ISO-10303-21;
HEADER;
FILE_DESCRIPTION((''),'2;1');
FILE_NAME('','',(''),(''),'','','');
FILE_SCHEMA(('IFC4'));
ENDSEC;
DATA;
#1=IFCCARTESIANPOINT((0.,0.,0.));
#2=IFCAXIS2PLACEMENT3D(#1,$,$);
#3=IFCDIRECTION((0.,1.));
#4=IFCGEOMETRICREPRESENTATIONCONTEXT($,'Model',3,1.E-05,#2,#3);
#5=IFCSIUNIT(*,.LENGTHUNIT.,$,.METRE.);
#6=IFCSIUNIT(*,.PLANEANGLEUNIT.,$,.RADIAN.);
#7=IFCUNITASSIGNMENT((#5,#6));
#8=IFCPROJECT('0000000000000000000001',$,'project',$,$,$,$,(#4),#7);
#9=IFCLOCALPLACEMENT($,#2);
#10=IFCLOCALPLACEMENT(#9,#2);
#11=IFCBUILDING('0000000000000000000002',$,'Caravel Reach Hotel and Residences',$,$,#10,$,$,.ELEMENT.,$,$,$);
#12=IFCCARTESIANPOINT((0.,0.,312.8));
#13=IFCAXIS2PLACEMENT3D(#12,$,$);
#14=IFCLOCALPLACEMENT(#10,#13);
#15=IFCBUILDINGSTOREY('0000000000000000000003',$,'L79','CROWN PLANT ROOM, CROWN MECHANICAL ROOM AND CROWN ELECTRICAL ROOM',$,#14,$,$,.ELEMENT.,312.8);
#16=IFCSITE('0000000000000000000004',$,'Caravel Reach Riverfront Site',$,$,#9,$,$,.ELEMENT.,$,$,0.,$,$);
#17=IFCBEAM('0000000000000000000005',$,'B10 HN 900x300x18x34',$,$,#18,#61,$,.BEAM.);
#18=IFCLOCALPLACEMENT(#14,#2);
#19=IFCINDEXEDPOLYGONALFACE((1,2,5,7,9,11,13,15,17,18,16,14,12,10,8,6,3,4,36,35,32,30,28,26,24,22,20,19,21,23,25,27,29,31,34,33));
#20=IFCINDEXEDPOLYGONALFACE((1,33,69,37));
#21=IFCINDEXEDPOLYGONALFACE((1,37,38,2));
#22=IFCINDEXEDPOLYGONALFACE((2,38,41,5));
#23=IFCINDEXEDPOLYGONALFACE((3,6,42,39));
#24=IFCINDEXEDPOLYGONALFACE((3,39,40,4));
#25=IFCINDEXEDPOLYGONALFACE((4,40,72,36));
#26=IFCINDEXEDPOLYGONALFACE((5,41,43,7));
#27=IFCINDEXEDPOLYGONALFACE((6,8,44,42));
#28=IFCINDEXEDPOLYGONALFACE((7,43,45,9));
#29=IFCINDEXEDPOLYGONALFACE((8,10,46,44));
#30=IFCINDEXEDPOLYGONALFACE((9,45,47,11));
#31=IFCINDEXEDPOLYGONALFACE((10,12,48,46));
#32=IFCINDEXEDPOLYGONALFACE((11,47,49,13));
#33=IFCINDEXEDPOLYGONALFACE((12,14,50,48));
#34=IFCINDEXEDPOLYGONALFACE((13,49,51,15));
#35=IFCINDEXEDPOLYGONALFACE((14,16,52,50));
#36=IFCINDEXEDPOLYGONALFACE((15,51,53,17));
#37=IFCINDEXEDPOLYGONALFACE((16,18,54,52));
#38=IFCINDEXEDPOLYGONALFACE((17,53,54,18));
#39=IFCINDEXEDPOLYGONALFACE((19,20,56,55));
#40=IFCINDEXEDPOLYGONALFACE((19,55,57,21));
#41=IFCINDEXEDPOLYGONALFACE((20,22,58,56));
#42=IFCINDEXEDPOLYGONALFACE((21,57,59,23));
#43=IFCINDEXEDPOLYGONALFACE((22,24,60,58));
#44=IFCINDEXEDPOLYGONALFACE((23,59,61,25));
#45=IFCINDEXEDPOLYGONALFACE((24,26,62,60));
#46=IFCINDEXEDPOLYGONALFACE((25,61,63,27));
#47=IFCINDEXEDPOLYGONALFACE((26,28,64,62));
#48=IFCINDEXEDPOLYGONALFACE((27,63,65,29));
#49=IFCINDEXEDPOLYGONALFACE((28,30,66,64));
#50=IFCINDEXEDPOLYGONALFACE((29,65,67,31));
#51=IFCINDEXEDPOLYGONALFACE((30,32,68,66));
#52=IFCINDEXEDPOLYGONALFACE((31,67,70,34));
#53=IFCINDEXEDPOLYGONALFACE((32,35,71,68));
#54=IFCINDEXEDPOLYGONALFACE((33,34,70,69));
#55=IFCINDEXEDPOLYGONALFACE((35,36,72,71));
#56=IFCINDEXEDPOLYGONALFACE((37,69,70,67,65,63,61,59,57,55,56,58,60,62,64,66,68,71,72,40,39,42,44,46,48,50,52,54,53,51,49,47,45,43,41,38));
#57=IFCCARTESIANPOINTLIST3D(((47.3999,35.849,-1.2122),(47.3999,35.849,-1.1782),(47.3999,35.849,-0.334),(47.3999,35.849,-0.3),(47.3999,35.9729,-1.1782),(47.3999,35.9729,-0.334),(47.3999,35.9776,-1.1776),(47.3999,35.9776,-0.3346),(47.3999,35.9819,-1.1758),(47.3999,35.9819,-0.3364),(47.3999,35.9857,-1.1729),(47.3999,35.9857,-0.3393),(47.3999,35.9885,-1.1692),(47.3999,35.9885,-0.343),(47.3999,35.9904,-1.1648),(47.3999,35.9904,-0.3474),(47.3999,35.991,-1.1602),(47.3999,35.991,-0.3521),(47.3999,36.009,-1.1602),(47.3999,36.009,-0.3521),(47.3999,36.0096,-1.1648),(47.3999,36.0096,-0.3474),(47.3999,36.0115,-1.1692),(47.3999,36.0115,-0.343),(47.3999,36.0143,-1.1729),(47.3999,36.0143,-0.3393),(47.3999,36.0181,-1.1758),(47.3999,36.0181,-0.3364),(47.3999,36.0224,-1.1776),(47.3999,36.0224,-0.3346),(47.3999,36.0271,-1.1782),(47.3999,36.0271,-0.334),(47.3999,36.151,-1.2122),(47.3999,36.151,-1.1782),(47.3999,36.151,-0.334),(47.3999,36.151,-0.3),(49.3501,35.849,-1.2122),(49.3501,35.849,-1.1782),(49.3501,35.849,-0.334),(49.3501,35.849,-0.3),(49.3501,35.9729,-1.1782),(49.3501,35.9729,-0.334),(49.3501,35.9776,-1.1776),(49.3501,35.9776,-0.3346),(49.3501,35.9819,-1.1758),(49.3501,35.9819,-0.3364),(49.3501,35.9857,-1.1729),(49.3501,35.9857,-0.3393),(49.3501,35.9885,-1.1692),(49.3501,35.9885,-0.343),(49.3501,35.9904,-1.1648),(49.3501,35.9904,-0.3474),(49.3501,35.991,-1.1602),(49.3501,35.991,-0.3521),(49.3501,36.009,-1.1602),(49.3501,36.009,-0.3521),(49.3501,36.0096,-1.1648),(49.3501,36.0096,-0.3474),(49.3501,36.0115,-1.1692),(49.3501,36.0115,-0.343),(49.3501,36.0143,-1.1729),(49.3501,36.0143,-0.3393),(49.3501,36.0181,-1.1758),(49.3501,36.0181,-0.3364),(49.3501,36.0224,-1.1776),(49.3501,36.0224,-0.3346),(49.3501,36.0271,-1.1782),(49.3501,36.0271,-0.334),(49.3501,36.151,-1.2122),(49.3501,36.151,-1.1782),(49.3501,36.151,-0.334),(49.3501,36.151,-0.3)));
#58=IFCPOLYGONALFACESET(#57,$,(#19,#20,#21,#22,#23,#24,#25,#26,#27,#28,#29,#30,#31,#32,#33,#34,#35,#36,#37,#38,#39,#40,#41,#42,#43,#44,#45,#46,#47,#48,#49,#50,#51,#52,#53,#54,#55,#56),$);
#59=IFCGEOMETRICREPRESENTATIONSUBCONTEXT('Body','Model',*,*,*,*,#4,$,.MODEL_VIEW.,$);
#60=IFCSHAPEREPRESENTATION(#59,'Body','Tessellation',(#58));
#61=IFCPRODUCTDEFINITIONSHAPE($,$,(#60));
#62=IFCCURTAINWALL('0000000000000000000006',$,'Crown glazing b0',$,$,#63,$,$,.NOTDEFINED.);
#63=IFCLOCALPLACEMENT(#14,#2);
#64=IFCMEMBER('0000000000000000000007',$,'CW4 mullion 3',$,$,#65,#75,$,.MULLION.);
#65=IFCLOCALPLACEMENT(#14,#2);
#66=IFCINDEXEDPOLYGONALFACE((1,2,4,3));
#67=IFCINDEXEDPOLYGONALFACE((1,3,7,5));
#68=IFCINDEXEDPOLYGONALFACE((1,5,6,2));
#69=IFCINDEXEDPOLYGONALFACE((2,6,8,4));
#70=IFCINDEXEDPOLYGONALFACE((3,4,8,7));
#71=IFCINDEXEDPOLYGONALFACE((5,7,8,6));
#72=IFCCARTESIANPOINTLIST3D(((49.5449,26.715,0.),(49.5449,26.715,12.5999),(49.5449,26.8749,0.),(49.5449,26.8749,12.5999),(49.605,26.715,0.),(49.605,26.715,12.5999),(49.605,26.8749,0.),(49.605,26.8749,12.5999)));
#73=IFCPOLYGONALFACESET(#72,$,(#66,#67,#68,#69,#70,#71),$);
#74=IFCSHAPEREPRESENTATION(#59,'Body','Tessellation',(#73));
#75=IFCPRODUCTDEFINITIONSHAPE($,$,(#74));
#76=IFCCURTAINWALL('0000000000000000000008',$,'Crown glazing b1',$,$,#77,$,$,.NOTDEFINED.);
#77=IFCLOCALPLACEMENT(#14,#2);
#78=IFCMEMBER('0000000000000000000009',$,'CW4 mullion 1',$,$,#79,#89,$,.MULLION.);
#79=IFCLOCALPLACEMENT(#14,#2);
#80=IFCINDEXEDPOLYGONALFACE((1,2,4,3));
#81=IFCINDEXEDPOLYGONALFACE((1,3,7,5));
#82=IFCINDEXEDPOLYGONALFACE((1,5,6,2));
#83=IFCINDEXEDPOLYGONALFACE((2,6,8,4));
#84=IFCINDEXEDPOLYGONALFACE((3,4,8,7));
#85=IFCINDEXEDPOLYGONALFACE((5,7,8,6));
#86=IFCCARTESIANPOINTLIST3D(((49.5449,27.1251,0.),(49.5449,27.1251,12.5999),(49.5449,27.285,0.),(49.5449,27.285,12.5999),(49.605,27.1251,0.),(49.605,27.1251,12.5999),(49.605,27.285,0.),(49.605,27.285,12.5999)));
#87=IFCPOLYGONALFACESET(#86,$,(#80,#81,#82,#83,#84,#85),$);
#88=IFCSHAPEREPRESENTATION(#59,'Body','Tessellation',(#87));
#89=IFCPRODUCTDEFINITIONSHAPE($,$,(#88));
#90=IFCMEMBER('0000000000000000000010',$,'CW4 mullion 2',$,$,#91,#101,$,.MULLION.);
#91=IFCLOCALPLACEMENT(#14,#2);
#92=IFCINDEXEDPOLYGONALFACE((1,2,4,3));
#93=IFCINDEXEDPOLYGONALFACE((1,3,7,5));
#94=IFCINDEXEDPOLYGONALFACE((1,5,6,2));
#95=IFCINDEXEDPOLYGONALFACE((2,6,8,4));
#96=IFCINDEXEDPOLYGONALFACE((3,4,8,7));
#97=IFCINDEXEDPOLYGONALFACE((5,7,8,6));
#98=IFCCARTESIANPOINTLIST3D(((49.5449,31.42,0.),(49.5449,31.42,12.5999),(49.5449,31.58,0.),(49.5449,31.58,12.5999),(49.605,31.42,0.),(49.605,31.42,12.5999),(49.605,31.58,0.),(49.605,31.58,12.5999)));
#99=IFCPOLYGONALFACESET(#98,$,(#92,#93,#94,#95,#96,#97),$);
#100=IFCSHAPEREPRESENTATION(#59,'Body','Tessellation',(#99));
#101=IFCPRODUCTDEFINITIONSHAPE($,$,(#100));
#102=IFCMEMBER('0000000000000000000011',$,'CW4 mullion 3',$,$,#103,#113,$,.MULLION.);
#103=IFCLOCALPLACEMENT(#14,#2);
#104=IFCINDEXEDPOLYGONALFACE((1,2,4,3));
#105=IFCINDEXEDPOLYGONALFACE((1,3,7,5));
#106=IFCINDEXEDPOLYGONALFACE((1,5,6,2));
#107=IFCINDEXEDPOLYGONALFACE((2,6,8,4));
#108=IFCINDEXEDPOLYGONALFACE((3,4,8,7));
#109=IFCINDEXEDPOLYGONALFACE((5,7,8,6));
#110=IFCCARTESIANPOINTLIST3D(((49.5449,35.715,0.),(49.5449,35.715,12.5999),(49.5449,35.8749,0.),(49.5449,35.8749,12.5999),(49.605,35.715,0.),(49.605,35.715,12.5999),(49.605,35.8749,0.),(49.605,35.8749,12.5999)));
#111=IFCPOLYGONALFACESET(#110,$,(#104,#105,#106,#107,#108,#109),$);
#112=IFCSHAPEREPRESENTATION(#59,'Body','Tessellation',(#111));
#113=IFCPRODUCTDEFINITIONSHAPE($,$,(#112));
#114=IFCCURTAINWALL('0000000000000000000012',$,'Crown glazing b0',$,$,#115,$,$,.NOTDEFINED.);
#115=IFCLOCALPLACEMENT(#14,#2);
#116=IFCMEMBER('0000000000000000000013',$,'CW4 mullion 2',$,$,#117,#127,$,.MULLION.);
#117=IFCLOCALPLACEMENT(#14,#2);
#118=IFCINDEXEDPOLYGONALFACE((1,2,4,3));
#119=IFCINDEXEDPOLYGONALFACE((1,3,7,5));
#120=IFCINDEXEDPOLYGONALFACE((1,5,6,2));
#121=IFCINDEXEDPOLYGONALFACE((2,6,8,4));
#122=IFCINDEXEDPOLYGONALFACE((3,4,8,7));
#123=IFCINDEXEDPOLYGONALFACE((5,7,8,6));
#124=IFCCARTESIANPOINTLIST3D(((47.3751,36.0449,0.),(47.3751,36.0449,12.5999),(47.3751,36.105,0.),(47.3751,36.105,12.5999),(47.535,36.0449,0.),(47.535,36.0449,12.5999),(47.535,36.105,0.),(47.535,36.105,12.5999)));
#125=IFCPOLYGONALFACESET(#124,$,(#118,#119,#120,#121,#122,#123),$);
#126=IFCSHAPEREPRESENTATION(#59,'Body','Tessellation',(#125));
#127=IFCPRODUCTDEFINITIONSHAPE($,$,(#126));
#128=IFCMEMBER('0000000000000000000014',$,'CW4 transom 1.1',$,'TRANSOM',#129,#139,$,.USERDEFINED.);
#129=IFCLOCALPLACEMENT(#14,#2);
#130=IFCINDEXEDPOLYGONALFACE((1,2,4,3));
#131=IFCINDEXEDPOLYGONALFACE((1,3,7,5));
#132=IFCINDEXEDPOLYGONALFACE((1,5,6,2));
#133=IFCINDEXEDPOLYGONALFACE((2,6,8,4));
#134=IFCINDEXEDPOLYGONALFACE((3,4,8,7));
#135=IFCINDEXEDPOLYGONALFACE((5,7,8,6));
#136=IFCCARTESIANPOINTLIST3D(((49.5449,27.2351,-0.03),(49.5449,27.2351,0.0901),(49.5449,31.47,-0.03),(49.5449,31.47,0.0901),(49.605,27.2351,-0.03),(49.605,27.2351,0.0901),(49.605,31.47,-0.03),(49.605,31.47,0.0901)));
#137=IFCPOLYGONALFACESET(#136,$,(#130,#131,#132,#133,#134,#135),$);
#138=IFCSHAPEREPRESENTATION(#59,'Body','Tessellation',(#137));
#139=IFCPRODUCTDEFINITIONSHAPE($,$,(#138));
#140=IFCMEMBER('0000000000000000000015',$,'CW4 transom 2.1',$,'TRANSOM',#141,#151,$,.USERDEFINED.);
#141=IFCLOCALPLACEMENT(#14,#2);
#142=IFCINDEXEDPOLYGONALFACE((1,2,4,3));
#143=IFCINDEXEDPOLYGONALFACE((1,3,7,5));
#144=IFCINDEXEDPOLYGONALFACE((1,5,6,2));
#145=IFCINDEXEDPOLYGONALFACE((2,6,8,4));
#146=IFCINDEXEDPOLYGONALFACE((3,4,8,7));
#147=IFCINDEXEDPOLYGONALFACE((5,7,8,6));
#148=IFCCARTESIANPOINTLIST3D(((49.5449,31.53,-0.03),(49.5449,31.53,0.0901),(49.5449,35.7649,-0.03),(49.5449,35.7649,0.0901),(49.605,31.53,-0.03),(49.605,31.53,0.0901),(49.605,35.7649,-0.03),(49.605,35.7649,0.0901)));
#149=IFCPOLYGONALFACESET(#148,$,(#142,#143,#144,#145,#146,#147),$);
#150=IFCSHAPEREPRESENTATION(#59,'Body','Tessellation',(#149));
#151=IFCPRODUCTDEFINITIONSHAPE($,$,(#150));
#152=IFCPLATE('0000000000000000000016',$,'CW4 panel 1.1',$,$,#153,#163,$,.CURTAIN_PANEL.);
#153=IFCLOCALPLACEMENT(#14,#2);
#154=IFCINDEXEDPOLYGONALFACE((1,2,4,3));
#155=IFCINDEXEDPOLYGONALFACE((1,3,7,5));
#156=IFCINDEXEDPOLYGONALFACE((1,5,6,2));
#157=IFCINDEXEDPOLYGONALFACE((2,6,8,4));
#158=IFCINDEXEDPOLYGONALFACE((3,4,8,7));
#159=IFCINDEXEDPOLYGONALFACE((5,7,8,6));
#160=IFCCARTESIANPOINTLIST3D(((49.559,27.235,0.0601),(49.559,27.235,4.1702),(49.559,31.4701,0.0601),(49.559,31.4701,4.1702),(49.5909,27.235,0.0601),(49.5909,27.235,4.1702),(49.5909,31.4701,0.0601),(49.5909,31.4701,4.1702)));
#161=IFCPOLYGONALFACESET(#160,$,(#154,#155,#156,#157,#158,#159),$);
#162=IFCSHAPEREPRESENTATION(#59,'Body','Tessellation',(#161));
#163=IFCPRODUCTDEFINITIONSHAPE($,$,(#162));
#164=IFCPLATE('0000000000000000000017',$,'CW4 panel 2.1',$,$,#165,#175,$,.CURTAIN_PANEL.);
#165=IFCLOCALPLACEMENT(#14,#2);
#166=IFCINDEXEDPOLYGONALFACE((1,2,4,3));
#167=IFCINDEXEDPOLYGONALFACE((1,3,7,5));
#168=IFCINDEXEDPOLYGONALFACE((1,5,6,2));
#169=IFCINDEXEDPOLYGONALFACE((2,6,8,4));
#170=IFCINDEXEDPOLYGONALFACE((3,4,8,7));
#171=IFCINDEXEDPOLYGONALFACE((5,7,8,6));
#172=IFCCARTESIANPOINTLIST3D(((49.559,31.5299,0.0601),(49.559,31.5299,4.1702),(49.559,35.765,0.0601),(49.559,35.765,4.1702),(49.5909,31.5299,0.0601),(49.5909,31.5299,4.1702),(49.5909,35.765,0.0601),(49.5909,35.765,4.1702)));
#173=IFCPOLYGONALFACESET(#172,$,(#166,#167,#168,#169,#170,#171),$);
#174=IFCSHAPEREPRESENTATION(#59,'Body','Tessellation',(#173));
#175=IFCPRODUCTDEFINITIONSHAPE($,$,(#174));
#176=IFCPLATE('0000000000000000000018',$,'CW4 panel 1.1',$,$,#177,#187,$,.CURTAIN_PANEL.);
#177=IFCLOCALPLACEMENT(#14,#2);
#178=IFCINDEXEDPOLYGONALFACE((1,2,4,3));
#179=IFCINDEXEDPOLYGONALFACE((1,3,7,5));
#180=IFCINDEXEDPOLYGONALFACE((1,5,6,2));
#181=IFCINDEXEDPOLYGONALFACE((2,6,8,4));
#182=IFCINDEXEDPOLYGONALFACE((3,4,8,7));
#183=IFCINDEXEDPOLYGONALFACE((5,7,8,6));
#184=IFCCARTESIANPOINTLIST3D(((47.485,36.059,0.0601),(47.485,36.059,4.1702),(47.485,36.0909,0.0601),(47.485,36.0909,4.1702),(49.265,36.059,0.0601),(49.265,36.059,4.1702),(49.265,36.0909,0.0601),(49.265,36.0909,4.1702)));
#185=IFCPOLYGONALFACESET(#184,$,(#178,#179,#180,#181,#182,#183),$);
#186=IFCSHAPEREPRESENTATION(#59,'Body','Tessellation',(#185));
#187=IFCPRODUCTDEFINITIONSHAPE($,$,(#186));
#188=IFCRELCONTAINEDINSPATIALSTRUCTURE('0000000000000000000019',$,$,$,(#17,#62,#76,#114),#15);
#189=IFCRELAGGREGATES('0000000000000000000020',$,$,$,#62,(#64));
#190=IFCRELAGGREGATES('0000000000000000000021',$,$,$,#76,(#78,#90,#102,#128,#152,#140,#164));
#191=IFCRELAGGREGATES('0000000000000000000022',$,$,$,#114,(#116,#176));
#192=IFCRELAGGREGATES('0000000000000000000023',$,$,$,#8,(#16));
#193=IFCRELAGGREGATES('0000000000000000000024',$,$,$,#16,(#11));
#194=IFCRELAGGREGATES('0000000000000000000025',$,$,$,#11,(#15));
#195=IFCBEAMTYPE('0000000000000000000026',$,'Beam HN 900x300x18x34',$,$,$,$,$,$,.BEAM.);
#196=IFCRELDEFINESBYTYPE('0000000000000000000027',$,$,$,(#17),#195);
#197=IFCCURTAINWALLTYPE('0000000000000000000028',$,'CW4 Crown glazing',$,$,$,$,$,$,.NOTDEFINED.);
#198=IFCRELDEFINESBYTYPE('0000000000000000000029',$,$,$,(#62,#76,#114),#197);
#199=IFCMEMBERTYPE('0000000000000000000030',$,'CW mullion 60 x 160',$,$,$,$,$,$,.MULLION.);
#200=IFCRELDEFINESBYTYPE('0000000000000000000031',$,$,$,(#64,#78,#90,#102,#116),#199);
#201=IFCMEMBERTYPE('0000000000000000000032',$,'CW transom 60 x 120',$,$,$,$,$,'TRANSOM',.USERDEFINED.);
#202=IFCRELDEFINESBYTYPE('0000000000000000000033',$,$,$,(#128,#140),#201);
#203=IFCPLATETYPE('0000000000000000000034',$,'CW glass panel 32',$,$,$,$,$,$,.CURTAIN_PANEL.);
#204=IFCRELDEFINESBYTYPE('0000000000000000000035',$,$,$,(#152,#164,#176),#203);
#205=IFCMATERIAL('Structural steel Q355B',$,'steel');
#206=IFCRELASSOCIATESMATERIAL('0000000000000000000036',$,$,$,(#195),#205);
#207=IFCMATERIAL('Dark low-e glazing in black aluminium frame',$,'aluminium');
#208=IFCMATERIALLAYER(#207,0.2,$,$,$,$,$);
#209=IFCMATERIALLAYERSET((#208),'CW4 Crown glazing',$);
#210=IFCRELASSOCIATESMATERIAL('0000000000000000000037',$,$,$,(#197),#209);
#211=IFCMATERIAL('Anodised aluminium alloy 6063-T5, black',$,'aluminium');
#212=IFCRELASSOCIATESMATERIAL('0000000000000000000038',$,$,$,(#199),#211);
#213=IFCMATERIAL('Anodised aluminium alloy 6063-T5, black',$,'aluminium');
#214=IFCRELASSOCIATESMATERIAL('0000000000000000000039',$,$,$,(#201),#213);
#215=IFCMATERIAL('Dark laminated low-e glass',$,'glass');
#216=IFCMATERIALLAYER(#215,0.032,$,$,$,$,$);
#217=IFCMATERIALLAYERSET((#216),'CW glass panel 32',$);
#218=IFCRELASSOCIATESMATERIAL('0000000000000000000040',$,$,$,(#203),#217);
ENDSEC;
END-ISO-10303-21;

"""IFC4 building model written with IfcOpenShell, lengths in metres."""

from ifc_helpers import new_model, si_unit, direction, frame, origin, origin_2d, place, context, subcontext, project, spatial, rectangle, i_section, extrude, material, layer, layer_set, material_profile, profile_set, type_object, element, aggregate, save


model = new_model("IFC4")

# Units and contexts
model_context = context("Model", 3, precision=1e-05, world=origin(), true_north=direction((0.0, 1.0)))
body_context = subcontext(model_context, "Body", "Model", "MODEL_VIEW")
ifc_project = project(units=[si_unit("LENGTHUNIT", "METRE"), si_unit("PLANEANGLEUNIT", "RADIAN")], contexts=[model_context])

# Site, building, storey
site_placement = place(None, origin())
site = spatial("IfcSite", under=ifc_project, at=site_placement, Name="Caravel Reach Riverfront Site", CompositionType="ELEMENT", RefElevation=0.0)
building_placement = place(site_placement, origin())
building = spatial("IfcBuilding", under=site, at=building_placement, Name="Caravel Reach Hotel and Residences", CompositionType="ELEMENT")
storey_placement = place(building_placement, frame((0.0, 0.0, 312.8)))
storey = spatial("IfcBuildingStorey", under=building, at=storey_placement, Name="L79", Description="CROWN PLANT ROOM, CROWN MECHANICAL ROOM AND CROWN ELECTRICAL ROOM", CompositionType="ELEMENT", Elevation=312.8)

# Beam
ifc_material_1 = material(Name="Structural steel Q355B", Category="steel")
ifc_material_profile_1 = material_profile(ifc_material_1, i_section(OverallWidth=0.302, OverallDepth=0.9121, WebThickness=0.0181, FlangeThickness=0.0339, FilletRadius=0.0181, at=origin_2d()), Name="HN 900x300x18x34")
ifc_profile_set_1 = profile_set([ifc_material_profile_1], Name="Structural steel Q355B")
beam_type = type_object("IfcBeamType", Name="Beam HN 900x300x18x34", PredefinedType="BEAM", material=ifc_profile_set_1)
beam_1_placement = place(storey_placement, frame((49.3501, 36.0, -0.7561), z_axis=(-1.0, 0.0, 0.0), x_axis=(0.0, -1.0, 0.0)))
element("IfcBeam", 1, at=beam_1_placement, inside=storey, type_object=beam_type, Name="B10 HN 900x300x18x34", PredefinedType="BEAM", context=body_context, shape_type="SweptSolid", body=[
    extrude(i_section(OverallWidth=0.302, OverallDepth=0.9121, WebThickness=0.0181, FlangeThickness=0.0339, FilletRadius=0.0181, at=origin_2d()), origin(), (0.0, 0.0, 1.0), 1.9502),
])

# Curtain wall, member
ifc_material_2 = material(Name="Dark low-e glazing in black aluminium frame", Category="aluminium")
ifc_layer_1 = layer(ifc_material_2, 0.2)
ifc_layer_set_1 = layer_set([ifc_layer_1], Name="CW4 Crown glazing")
curtain_wall_type = type_object("IfcCurtainWallType", Name="CW4 Crown glazing", PredefinedType="NOTDEFINED", material=ifc_layer_set_1)
curtain_wall_1_placement = place(storey_placement, origin())
curtain_wall_1 = element("IfcCurtainWall", 2, at=curtain_wall_1_placement, inside=storey, type_object=curtain_wall_type, Name="Crown glazing b0", PredefinedType="NOTDEFINED")
ifc_material_3 = material(Name="Anodised aluminium alloy 6063-T5, black", Category="aluminium")
ifc_material_profile_2 = material_profile(ifc_material_3, rectangle(XDim=0.0601, YDim=0.1599, at=origin_2d()), Name="CW mullion 60 x 160")
ifc_profile_set_2 = profile_set([ifc_material_profile_2], Name="Anodised aluminium alloy 6063-T5, black")
member_type_1 = type_object("IfcMemberType", Name="CW mullion 60 x 160", PredefinedType="MULLION", material=ifc_profile_set_2)
member_1_placement = place(storey_placement, frame((49.575, 26.7949, 0.0), z_axis=(0.0, 0.0, 1.0), x_axis=(-1.0, 0.0, 0.0)))
member_1 = element("IfcMember", 3, at=member_1_placement, type_object=member_type_1, Name="CW4 mullion 3", PredefinedType="MULLION", context=body_context, shape_type="SweptSolid", body=[
    extrude(rectangle(XDim=0.0601, YDim=0.1599, at=origin_2d()), origin(), (0.0, 0.0, 1.0), 12.5999),
])
aggregate(curtain_wall_1, [member_1])

# Curtain wall, members
curtain_wall_2_placement = place(storey_placement, origin())
curtain_wall_2 = element("IfcCurtainWall", 4, at=curtain_wall_2_placement, inside=storey, type_object=curtain_wall_type, Name="Crown glazing b1", PredefinedType="NOTDEFINED")
member_2_placement = place(storey_placement, frame((49.575, 27.2051, 0.0), z_axis=(0.0, 0.0, 1.0), x_axis=(-1.0, 0.0, 0.0)))
member_2 = element("IfcMember", 5, at=member_2_placement, type_object=member_type_1, Name="CW4 mullion 1", PredefinedType="MULLION", context=body_context, shape_type="SweptSolid", body=[
    extrude(rectangle(XDim=0.0601, YDim=0.1599, at=origin_2d()), origin(), (0.0, 0.0, 1.0), 12.5999),
])
member_3_placement = place(storey_placement, frame((49.575, 31.5, 0.0), z_axis=(0.0, 0.0, 1.0), x_axis=(-1.0, 0.0, 0.0)))
member_3 = element("IfcMember", 6, at=member_3_placement, type_object=member_type_1, Name="CW4 mullion 2", PredefinedType="MULLION", context=body_context, shape_type="SweptSolid", body=[
    extrude(rectangle(XDim=0.0601, YDim=0.1599, at=origin_2d()), origin(), (0.0, 0.0, 1.0), 12.5999),
])
member_4_placement = place(storey_placement, frame((49.575, 35.7949, 0.0), z_axis=(0.0, 0.0, 1.0), x_axis=(-1.0, 0.0, 0.0)))
member_4 = element("IfcMember", 7, at=member_4_placement, type_object=member_type_1, Name="CW4 mullion 3", PredefinedType="MULLION", context=body_context, shape_type="SweptSolid", body=[
    extrude(rectangle(XDim=0.0601, YDim=0.1599, at=origin_2d()), origin(), (0.0, 0.0, 1.0), 12.5999),
])

# Curtain wall, member
curtain_wall_3_placement = place(storey_placement, origin())
curtain_wall_3 = element("IfcCurtainWall", 8, at=curtain_wall_3_placement, inside=storey, type_object=curtain_wall_type, Name="Crown glazing b0", PredefinedType="NOTDEFINED")
member_5_placement = place(storey_placement, frame((47.4551, 36.075, 0.0), z_axis=(0.0, 0.0, 1.0), x_axis=(0.0, -1.0, 0.0)))
member_5 = element("IfcMember", 9, at=member_5_placement, type_object=member_type_1, Name="CW4 mullion 2", PredefinedType="MULLION", context=body_context, shape_type="SweptSolid", body=[
    extrude(rectangle(XDim=0.0601, YDim=0.1599, at=origin_2d()), origin(), (0.0, 0.0, 1.0), 12.5999),
])

# Members
ifc_material_4 = material(Name="Anodised aluminium alloy 6063-T5, black", Category="aluminium")
ifc_material_profile_3 = material_profile(ifc_material_4, rectangle(XDim=0.0601, YDim=0.1201, at=origin_2d()), Name="CW transom 60 x 120")
ifc_profile_set_3 = profile_set([ifc_material_profile_3], Name="Anodised aluminium alloy 6063-T5, black")
member_type_2 = type_object("IfcMemberType", Name="CW transom 60 x 120", ElementType="TRANSOM", PredefinedType="USERDEFINED", material=ifc_profile_set_3)
member_6_placement = place(storey_placement, frame((49.575, 27.2351, 0.03), z_axis=(0.0, 1.0, 0.0), x_axis=(-1.0, 0.0, 0.0)))
member_6 = element("IfcMember", 10, at=member_6_placement, type_object=member_type_2, Name="CW4 transom 1.1", ObjectType="TRANSOM", PredefinedType="USERDEFINED", context=body_context, shape_type="SweptSolid", body=[
    extrude(rectangle(XDim=0.0601, YDim=0.1201, at=origin_2d()), origin(), (0.0, 0.0, 1.0), 4.2349),
])
member_7_placement = place(storey_placement, frame((49.575, 31.53, 0.03), z_axis=(0.0, 1.0, 0.0), x_axis=(-1.0, 0.0, 0.0)))
member_7 = element("IfcMember", 11, at=member_7_placement, type_object=member_type_2, Name="CW4 transom 2.1", ObjectType="TRANSOM", PredefinedType="USERDEFINED", context=body_context, shape_type="SweptSolid", body=[
    extrude(rectangle(XDim=0.0601, YDim=0.1201, at=origin_2d()), origin(), (0.0, 0.0, 1.0), 4.2349),
])

# Plates
ifc_material_5 = material(Name="Dark laminated low-e glass", Category="glass")
ifc_layer_2 = layer(ifc_material_5, 0.032)
ifc_layer_set_2 = layer_set([ifc_layer_2], Name="CW glass panel 32")
plate_type = type_object("IfcPlateType", Name="CW glass panel 32", PredefinedType="CURTAIN_PANEL", material=ifc_layer_set_2)
plate_1_placement = place(storey_placement, frame((49.575, 29.3525, 0.0601), z_axis=(0.0, 0.0, 1.0), x_axis=(0.0, 1.0, 0.0)))
plate_1 = element("IfcPlate", 12, at=plate_1_placement, type_object=plate_type, Name="CW4 panel 1.1", PredefinedType="CURTAIN_PANEL", context=body_context, shape_type="SweptSolid", body=[
    extrude(rectangle(XDim=4.2351, YDim=0.032, at=origin_2d()), origin(), (0.0, 0.0, 1.0), 4.1101),
])
plate_2_placement = place(storey_placement, frame((49.575, 33.6475, 0.0601), z_axis=(0.0, 0.0, 1.0), x_axis=(0.0, 1.0, 0.0)))
plate_2 = element("IfcPlate", 13, at=plate_2_placement, type_object=plate_type, Name="CW4 panel 2.1", PredefinedType="CURTAIN_PANEL", context=body_context, shape_type="SweptSolid", body=[
    extrude(rectangle(XDim=4.2351, YDim=0.032, at=origin_2d()), origin(), (0.0, 0.0, 1.0), 4.1101),
])
aggregate(curtain_wall_2, [member_2, member_3, member_4, member_6, plate_1, member_7, plate_2])
plate_3_placement = place(storey_placement, frame((48.375, 36.075, 0.0601), z_axis=(0.0, 0.0, 1.0), x_axis=(-1.0, 0.0, 0.0)))
plate_3 = element("IfcPlate", 14, at=plate_3_placement, type_object=plate_type, Name="CW4 panel 1.1", PredefinedType="CURTAIN_PANEL", context=body_context, shape_type="SweptSolid", body=[
    extrude(rectangle(XDim=1.78, YDim=0.032, at=origin_2d()), origin(), (0.0, 0.0, 1.0), 4.1101),
])
aggregate(curtain_wall_3, [member_5, plate_3])

save(model, "model.ifc")
